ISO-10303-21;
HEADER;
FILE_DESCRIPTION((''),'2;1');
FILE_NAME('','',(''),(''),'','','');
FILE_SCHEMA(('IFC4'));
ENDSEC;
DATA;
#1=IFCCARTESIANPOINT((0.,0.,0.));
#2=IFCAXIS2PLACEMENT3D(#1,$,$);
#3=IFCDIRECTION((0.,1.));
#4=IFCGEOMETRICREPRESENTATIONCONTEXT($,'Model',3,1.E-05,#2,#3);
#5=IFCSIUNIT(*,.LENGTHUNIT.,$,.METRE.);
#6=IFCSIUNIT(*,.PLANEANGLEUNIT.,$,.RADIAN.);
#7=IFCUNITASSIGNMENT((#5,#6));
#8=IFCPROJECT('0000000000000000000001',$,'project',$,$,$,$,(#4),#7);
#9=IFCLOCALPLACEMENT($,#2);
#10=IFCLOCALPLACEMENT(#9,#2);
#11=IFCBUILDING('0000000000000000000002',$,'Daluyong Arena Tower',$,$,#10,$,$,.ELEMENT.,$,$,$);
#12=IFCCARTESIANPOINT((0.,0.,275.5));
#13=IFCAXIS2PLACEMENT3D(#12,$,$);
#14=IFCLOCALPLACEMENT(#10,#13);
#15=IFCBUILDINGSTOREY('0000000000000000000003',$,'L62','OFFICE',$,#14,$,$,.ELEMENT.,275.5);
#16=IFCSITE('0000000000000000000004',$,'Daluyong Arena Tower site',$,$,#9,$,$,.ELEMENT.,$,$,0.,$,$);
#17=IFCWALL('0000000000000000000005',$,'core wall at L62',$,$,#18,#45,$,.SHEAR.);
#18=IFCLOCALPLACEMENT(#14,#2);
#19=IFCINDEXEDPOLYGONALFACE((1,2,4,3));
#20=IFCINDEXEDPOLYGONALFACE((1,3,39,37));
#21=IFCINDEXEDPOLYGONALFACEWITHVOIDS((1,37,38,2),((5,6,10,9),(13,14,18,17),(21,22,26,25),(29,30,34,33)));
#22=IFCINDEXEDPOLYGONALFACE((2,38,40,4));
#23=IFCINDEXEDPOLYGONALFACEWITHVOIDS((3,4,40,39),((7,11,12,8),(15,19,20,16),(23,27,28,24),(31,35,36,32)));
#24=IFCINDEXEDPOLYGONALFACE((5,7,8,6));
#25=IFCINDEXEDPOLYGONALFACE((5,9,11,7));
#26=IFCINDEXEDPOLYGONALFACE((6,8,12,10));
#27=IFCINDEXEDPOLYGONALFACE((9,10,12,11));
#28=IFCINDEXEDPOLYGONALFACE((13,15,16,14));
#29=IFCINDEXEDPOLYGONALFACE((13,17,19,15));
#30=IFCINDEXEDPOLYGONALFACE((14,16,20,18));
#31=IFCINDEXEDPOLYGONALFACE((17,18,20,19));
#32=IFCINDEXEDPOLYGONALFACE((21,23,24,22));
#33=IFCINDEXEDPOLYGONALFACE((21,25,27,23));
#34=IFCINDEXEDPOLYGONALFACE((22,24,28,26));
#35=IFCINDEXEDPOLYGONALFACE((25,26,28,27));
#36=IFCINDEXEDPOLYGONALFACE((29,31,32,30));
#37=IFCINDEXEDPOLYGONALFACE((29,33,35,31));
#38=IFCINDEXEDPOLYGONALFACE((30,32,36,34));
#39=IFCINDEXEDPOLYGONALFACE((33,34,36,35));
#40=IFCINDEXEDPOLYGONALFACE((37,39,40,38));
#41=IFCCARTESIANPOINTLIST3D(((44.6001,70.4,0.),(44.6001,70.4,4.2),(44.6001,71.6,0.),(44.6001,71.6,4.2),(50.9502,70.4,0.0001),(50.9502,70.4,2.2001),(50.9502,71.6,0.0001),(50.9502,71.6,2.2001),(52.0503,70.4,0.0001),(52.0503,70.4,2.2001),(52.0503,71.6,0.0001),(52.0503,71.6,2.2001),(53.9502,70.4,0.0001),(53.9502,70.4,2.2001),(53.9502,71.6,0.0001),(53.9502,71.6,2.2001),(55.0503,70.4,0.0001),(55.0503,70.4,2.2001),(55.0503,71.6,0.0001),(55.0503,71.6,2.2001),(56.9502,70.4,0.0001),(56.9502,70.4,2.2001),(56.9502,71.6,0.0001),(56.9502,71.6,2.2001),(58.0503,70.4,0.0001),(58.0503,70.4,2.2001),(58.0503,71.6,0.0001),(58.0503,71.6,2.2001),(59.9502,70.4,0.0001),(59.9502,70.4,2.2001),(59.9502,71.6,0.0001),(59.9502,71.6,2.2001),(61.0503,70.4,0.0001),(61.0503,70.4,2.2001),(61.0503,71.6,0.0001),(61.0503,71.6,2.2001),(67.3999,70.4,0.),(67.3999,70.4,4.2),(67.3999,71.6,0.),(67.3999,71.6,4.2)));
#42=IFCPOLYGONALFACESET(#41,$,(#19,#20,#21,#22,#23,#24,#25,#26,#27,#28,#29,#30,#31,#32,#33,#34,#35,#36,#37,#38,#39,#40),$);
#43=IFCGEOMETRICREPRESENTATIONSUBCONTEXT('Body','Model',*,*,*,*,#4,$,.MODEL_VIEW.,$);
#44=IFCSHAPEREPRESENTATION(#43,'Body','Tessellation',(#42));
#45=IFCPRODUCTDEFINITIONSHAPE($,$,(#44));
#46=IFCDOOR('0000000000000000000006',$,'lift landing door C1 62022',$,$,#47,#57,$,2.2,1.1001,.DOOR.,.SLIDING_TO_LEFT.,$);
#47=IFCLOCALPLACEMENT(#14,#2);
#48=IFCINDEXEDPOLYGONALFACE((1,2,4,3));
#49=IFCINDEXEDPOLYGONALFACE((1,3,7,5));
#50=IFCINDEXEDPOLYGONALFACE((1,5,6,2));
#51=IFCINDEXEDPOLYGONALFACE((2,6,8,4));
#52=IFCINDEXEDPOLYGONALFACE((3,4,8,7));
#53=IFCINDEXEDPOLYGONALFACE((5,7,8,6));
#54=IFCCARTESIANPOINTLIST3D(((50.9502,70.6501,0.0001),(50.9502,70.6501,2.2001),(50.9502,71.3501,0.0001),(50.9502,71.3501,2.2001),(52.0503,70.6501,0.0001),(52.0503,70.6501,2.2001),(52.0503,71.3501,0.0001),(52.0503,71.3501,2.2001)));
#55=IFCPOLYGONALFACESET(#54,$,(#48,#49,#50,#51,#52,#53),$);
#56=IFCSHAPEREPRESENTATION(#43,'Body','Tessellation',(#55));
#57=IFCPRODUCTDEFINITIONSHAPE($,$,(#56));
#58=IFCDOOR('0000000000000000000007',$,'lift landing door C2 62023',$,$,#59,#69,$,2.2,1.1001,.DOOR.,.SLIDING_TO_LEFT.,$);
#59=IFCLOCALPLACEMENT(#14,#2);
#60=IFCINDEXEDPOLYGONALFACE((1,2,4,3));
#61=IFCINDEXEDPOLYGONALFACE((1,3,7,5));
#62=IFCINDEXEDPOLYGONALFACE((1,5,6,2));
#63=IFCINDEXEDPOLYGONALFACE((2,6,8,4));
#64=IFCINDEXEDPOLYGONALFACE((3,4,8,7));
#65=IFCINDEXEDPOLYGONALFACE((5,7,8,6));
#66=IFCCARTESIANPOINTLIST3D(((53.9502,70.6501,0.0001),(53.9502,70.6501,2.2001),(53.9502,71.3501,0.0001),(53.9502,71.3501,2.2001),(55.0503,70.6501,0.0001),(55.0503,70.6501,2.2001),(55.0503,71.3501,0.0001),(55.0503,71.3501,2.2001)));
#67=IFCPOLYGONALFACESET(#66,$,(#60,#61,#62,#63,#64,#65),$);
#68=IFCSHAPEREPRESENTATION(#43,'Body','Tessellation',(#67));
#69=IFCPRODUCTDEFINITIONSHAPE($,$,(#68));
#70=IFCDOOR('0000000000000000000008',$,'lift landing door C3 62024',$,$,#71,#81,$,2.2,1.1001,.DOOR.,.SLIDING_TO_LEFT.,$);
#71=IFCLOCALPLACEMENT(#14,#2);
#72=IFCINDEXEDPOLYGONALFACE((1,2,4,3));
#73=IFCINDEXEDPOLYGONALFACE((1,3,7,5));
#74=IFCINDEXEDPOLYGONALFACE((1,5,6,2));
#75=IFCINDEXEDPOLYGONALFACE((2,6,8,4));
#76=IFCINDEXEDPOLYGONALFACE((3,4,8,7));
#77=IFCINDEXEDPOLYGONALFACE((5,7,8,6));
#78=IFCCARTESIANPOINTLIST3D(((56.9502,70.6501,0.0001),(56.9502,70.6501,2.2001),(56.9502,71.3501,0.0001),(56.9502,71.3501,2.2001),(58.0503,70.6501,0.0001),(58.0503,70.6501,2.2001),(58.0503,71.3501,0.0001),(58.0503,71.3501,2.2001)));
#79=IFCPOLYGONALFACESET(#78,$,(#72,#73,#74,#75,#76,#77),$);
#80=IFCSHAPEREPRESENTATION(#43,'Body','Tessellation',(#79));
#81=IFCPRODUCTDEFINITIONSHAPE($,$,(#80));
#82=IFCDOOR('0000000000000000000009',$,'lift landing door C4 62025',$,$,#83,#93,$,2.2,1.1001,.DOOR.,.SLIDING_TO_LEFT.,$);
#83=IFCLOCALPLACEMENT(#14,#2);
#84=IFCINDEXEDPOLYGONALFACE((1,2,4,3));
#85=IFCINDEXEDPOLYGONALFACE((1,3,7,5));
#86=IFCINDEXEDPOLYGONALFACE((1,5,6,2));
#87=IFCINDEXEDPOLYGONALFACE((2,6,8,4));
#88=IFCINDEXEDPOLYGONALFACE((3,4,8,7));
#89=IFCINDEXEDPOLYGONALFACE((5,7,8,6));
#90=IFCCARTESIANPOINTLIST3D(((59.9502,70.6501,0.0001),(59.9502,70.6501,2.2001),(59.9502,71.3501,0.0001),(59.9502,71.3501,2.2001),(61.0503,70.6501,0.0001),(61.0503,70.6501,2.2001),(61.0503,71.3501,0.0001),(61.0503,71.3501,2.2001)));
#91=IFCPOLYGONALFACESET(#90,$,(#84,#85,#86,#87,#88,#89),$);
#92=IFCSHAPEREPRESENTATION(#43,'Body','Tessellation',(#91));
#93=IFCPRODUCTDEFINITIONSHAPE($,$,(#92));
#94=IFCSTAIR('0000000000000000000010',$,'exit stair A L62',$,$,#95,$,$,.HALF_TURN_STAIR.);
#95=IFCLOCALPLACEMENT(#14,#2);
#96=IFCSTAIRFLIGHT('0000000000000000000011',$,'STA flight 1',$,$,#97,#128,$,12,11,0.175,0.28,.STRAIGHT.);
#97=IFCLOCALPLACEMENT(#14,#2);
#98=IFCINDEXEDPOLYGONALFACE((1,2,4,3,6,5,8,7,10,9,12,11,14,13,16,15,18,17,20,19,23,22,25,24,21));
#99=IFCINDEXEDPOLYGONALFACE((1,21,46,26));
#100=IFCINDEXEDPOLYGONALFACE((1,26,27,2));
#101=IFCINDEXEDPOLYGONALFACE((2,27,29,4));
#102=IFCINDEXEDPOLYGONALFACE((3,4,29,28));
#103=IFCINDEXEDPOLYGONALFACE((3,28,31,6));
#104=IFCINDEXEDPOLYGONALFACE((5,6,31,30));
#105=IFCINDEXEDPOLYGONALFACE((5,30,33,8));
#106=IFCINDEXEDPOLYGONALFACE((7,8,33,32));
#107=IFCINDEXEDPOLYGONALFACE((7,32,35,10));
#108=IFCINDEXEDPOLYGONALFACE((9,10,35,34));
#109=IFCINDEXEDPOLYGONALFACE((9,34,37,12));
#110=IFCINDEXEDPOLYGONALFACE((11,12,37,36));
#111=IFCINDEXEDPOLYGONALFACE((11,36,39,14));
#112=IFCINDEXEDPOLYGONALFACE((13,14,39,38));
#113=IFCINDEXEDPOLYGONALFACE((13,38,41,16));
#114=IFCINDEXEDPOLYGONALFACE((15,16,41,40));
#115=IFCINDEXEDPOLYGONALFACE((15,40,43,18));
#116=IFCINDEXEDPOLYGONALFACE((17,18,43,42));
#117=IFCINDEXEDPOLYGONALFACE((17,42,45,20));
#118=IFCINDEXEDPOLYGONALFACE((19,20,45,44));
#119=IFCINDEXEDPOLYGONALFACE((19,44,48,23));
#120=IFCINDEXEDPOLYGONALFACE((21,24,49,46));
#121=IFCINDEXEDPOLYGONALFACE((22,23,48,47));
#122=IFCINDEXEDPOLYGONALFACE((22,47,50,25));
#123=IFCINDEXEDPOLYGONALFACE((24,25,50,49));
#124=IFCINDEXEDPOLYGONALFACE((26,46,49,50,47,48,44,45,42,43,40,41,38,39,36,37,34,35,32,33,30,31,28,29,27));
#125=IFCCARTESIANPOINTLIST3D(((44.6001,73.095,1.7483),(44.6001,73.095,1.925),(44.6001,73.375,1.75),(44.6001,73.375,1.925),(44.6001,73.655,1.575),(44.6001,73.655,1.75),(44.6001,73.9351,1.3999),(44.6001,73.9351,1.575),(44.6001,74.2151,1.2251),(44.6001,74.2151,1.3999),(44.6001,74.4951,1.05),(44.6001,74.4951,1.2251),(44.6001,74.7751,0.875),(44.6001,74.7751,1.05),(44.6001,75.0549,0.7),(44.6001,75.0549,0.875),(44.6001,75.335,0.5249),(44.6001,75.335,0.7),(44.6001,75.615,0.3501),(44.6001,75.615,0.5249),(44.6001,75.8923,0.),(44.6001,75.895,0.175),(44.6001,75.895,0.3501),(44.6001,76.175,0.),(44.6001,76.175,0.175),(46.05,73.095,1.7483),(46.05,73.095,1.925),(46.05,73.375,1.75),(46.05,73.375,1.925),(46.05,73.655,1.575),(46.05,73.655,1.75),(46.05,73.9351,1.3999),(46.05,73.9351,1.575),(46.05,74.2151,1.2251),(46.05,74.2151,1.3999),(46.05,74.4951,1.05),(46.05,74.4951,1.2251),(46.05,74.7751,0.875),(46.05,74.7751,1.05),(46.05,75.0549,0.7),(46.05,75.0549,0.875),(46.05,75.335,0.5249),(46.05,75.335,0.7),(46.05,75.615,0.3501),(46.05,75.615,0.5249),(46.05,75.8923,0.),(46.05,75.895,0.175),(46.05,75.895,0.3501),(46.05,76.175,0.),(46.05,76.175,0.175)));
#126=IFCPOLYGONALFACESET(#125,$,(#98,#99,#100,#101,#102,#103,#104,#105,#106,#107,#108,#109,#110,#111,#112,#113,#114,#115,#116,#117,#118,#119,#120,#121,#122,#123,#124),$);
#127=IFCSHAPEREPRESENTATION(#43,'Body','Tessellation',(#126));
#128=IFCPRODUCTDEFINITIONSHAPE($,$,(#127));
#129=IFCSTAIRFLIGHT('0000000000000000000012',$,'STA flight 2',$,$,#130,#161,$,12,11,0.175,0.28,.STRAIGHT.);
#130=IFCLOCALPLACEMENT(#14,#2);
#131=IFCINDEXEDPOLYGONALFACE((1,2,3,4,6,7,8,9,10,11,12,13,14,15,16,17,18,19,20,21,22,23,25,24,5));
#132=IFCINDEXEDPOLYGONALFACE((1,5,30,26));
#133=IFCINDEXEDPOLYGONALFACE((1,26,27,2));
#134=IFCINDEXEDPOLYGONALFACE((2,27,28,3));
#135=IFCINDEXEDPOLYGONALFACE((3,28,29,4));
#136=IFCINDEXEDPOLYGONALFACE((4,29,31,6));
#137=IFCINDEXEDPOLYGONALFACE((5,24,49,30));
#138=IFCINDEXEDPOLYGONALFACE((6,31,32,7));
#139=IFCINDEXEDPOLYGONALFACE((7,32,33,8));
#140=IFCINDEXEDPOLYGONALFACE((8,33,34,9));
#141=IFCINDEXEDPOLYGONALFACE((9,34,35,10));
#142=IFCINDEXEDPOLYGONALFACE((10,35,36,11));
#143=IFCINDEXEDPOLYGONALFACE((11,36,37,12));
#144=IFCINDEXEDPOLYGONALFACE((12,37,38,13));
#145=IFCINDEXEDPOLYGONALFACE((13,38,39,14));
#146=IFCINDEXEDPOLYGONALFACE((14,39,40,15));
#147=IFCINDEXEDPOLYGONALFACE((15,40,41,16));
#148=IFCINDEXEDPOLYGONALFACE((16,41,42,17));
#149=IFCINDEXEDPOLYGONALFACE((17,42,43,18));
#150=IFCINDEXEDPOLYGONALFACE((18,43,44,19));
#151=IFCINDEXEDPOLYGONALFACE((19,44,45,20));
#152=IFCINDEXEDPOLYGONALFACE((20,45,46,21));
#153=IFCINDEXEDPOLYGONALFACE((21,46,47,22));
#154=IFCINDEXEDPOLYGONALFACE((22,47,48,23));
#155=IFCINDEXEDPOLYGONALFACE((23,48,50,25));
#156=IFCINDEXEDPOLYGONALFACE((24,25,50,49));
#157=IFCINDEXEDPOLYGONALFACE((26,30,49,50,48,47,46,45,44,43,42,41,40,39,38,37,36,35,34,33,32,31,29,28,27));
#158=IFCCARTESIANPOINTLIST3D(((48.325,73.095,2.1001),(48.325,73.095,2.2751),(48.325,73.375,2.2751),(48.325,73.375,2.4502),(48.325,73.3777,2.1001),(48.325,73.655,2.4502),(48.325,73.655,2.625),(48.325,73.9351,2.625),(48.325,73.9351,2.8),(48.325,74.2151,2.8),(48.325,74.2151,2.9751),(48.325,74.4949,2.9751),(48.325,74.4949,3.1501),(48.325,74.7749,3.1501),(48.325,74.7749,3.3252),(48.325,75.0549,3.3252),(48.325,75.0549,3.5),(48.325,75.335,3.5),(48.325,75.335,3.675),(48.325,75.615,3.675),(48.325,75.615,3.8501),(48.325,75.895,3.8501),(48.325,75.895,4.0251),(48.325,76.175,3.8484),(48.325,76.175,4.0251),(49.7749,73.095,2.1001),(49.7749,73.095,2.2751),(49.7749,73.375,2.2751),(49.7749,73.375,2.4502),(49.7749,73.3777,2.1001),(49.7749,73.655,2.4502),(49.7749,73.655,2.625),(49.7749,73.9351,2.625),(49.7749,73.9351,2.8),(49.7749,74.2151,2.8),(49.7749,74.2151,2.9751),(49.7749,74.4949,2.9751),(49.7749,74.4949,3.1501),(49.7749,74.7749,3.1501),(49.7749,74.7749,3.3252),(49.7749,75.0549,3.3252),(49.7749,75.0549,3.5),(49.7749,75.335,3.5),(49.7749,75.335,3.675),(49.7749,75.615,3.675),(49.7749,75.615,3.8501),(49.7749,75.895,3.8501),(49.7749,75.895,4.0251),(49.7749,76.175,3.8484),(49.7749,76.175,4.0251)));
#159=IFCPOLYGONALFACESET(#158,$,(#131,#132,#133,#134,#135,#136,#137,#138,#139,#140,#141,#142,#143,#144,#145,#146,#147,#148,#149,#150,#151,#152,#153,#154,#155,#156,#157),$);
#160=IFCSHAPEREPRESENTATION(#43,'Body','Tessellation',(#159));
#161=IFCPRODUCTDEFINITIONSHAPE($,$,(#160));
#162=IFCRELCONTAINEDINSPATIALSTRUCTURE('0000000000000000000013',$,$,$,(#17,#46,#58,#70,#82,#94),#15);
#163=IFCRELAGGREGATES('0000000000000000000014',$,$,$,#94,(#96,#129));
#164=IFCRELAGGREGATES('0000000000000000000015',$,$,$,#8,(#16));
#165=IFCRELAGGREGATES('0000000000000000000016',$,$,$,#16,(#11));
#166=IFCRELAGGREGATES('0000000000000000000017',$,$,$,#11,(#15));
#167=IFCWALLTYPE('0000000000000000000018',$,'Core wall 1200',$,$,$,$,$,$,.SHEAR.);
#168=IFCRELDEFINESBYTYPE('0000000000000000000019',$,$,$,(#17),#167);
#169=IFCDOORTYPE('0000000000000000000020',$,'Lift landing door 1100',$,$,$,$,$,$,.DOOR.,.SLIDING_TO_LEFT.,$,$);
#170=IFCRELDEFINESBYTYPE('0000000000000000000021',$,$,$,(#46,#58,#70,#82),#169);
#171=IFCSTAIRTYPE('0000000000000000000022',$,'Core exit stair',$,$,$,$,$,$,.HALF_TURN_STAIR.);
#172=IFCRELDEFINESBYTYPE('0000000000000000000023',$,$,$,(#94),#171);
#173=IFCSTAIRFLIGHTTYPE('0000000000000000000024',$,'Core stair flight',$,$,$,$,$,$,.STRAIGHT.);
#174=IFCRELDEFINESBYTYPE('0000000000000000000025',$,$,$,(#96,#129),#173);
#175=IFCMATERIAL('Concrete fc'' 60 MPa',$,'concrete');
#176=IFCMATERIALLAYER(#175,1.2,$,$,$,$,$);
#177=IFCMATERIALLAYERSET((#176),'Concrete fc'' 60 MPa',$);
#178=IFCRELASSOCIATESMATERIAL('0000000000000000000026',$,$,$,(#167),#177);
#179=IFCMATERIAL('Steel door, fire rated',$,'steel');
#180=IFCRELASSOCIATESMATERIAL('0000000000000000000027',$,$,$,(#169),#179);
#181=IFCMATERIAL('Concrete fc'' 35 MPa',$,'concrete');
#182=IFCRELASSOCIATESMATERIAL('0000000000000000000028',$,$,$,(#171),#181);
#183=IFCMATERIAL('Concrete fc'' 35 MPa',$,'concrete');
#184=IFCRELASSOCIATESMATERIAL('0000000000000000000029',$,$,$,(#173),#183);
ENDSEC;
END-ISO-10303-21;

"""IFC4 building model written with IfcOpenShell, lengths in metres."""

from ifc_helpers import new_model, si_unit, direction, frame, frame_2d, origin, place, context, subcontext, project, spatial, polyline, rectangle, outline, extrude, material, layer, layer_set, type_object, element, fill, aggregate, save


model = new_model("IFC4")

# Units and contexts
model_context = context("Model", 3, precision=1e-05, world=origin(), true_north=direction((0.0, 1.0)))
body_context = subcontext(model_context, "Body", "Model", "MODEL_VIEW")
ifc_project = project(units=[si_unit("LENGTHUNIT", "METRE"), si_unit("PLANEANGLEUNIT", "RADIAN")], contexts=[model_context])

# Site, building, storey
site_placement = place(None, origin())
site = spatial("IfcSite", under=ifc_project, at=site_placement, Name="Daluyong Arena Tower site", CompositionType="ELEMENT", RefElevation=0.0)
building_placement = place(site_placement, origin())
building = spatial("IfcBuilding", under=site, at=building_placement, Name="Daluyong Arena Tower", CompositionType="ELEMENT")
storey_placement = place(building_placement, frame((0.0, 0.0, 275.5)))
storey = spatial("IfcBuildingStorey", under=building, at=storey_placement, Name="L62", Description="OFFICE", CompositionType="ELEMENT", Elevation=275.5)

# Shared definitions
ifc_material_1 = material(Name="Concrete fc' 60 MPa", Category="concrete")
ifc_layer_1 = layer(ifc_material_1, 1.2)
ifc_layer_set_1 = layer_set([ifc_layer_1], Name="Concrete fc' 60 MPa")
wall_type_1 = type_object("IfcWallType", Name="Core wall 1200", PredefinedType="SHEAR", material=ifc_layer_set_1)

# Wall, openings, doors
wall_1_placement = place(storey_placement, frame((44.6001, 71.0, 0.0), z_axis=(0.0, 0.0, 1.0), x_axis=(1.0, 0.0, 0.0)))
wall_1 = element("IfcWall", 1, at=wall_1_placement, inside=storey, type_object=wall_type_1, Name="core wall at L62", PredefinedType="SHEAR", context=body_context, shape_type="SweptSolid", body=[
    extrude(rectangle(XDim=22.7998, YDim=1.2, at=frame_2d((11.3999, 0.0))), origin(), (0.0, 0.0, 1.0), 4.2),
])
opening_1_placement = place(wall_1_placement, frame((6.3501, 0.0, 0.0)))
opening_1 = element("IfcOpeningElement", 2, at=opening_1_placement, cuts=wall_1, PredefinedType="OPENING", context=body_context, shape_type="SweptSolid", body=[
    extrude(rectangle(XDim=1.1001, YDim=2.2, at=frame_2d((0.55, 1.1001))), frame((0.0, 0.6099, 0.0), z_axis=(0.0, -1.0, 0.0), x_axis=(1.0, 0.0, 0.0)), (0.0, 0.0, 1.0), 1.22),
])
opening_2_placement = place(wall_1_placement, frame((9.3501, 0.0, 0.0)))
opening_2 = element("IfcOpeningElement", 3, at=opening_2_placement, cuts=wall_1, PredefinedType="OPENING", context=body_context, shape_type="SweptSolid", body=[
    extrude(rectangle(XDim=1.1001, YDim=2.2, at=frame_2d((0.55, 1.1001))), frame((0.0, 0.6099, 0.0), z_axis=(0.0, -1.0, 0.0), x_axis=(1.0, 0.0, 0.0)), (0.0, 0.0, 1.0), 1.22),
])
opening_3_placement = place(wall_1_placement, frame((12.3501, 0.0, 0.0)))
opening_3 = element("IfcOpeningElement", 4, at=opening_3_placement, cuts=wall_1, PredefinedType="OPENING", context=body_context, shape_type="SweptSolid", body=[
    extrude(rectangle(XDim=1.1001, YDim=2.2, at=frame_2d((0.55, 1.1001))), frame((0.0, 0.6099, 0.0), z_axis=(0.0, -1.0, 0.0), x_axis=(1.0, 0.0, 0.0)), (0.0, 0.0, 1.0), 1.22),
])
opening_4_placement = place(wall_1_placement, frame((15.3501, 0.0, 0.0)))
opening_4 = element("IfcOpeningElement", 5, at=opening_4_placement, cuts=wall_1, PredefinedType="OPENING", context=body_context, shape_type="SweptSolid", body=[
    extrude(rectangle(XDim=1.1001, YDim=2.2, at=frame_2d((0.55, 1.1001))), frame((0.0, 0.6099, 0.0), z_axis=(0.0, -1.0, 0.0), x_axis=(1.0, 0.0, 0.0)), (0.0, 0.0, 1.0), 1.22),
])
ifc_material_2 = material(Name="Steel door, fire rated", Category="steel")
door_type_1 = type_object("IfcDoorType", Name="Lift landing door 1100", OperationType="SLIDING_TO_LEFT", PredefinedType="DOOR", material=ifc_material_2)
door_1_placement = place(opening_1_placement, origin())
door_1 = element("IfcDoor", 6, at=door_1_placement, inside=storey, type_object=door_type_1, Name="lift landing door C1 62022", OperationType="SLIDING_TO_LEFT", OverallHeight=2.2, OverallWidth=1.1001, PredefinedType="DOOR", context=body_context, shape_type="SweptSolid", body=[
    extrude(rectangle(XDim=1.1001, YDim=2.2, at=frame_2d((0.55, 1.1001))), frame((0.0, 0.3501, 0.0), z_axis=(0.0, -1.0, 0.0), x_axis=(1.0, 0.0, 0.0)), (0.0, 0.0, 1.0), 0.7),
])
fill(opening_1, door_1)
door_2_placement = place(opening_2_placement, origin())
door_2 = element("IfcDoor", 7, at=door_2_placement, inside=storey, type_object=door_type_1, Name="lift landing door C2 62023", OperationType="SLIDING_TO_LEFT", OverallHeight=2.2, OverallWidth=1.1001, PredefinedType="DOOR", context=body_context, shape_type="SweptSolid", body=[
    extrude(rectangle(XDim=1.1001, YDim=2.2, at=frame_2d((0.55, 1.1001))), frame((0.0, 0.3501, 0.0), z_axis=(0.0, -1.0, 0.0), x_axis=(1.0, 0.0, 0.0)), (0.0, 0.0, 1.0), 0.7),
])
fill(opening_2, door_2)
door_3_placement = place(opening_3_placement, origin())
door_3 = element("IfcDoor", 8, at=door_3_placement, inside=storey, type_object=door_type_1, Name="lift landing door C3 62024", OperationType="SLIDING_TO_LEFT", OverallHeight=2.2, OverallWidth=1.1001, PredefinedType="DOOR", context=body_context, shape_type="SweptSolid", body=[
    extrude(rectangle(XDim=1.1001, YDim=2.2, at=frame_2d((0.55, 1.1001))), frame((0.0, 0.3501, 0.0), z_axis=(0.0, -1.0, 0.0), x_axis=(1.0, 0.0, 0.0)), (0.0, 0.0, 1.0), 0.7),
])
fill(opening_3, door_3)
door_4_placement = place(opening_4_placement, origin())
door_4 = element("IfcDoor", 9, at=door_4_placement, inside=storey, type_object=door_type_1, Name="lift landing door C4 62025", OperationType="SLIDING_TO_LEFT", OverallHeight=2.2, OverallWidth=1.1001, PredefinedType="DOOR", context=body_context, shape_type="SweptSolid", body=[
    extrude(rectangle(XDim=1.1001, YDim=2.2, at=frame_2d((0.55, 1.1001))), frame((0.0, 0.3501, 0.0), z_axis=(0.0, -1.0, 0.0), x_axis=(1.0, 0.0, 0.0)), (0.0, 0.0, 1.0), 0.7),
])
fill(opening_4, door_4)

# Stair, stair flights
ifc_material_3 = material(Name="Concrete fc' 35 MPa", Category="concrete")
stair_type = type_object("IfcStairType", Name="Core exit stair", PredefinedType="HALF_TURN_STAIR", material=ifc_material_3)
stair_placement = place(storey_placement, origin())
stair = element("IfcStair", 10, at=stair_placement, inside=storey, type_object=stair_type, Name="exit stair A L62", PredefinedType="HALF_TURN_STAIR")
ifc_material_4 = material(Name="Concrete fc' 35 MPa", Category="concrete")
stair_flight_type = type_object("IfcStairFlightType", Name="Core stair flight", PredefinedType="STRAIGHT", material=ifc_material_4)
stair_flight_1_placement = place(storey_placement, frame((45.325, 76.175, 0.0), z_axis=(0.0, 0.0, 1.0), x_axis=(0.0, -1.0, 0.0)))
stair_flight_1 = element("IfcStairFlight", 11, at=stair_flight_1_placement, type_object=stair_flight_type, Name="STA flight 1", NumberOfRisers=12, NumberOfTreads=11, PredefinedType="STRAIGHT", RiserHeight=0.175, TreadLength=0.28, context=body_context, shape_type="SweptSolid", body=[
    extrude(outline(polyline([(0.0, 0.0), (0.0, 0.175), (0.28, 0.175), (0.28, 0.3501), (0.5601, 0.3501), (0.5601, 0.5249), (0.8401, 0.5249), (0.8401, 0.7), (1.1201, 0.7), (1.1201, 0.875), (1.3999, 0.875), (1.3999, 1.05), (1.6799, 1.05), (1.6799, 1.2251), (1.96, 1.2251), (1.96, 1.3999), (2.24, 1.3999), (2.24, 1.575), (2.52, 1.575), (2.52, 1.75), (2.8, 1.75), (2.8, 1.925), (3.0801, 1.925), (3.0801, 2.1001), (3.0801, 1.7483), (0.2827, 0.0), (0.0, 0.0)])), frame((0.0, 0.7251, 0.0), z_axis=(0.0, -1.0, 0.0), x_axis=(1.0, 0.0, 0.0)), (0.0, 0.0, 1.0), 1.45),
])
stair_flight_2_placement = place(storey_placement, frame((49.05, 73.095, 2.1001), z_axis=(0.0, 0.0, 1.0), x_axis=(0.0, 1.0, 0.0)))
stair_flight_2 = element("IfcStairFlight", 12, at=stair_flight_2_placement, type_object=stair_flight_type, Name="STA flight 2", NumberOfRisers=12, NumberOfTreads=11, PredefinedType="STRAIGHT", RiserHeight=0.175, TreadLength=0.28, context=body_context, shape_type="SweptSolid", body=[
    extrude(outline(polyline([(0.0, 0.0), (0.0, 0.175), (0.28, 0.175), (0.28, 0.3501), (0.5601, 0.3501), (0.5601, 0.5249), (0.8401, 0.5249), (0.8401, 0.7), (1.1201, 0.7), (1.1201, 0.875), (1.3999, 0.875), (1.3999, 1.05), (1.6799, 1.05), (1.6799, 1.2251), (1.96, 1.2251), (1.96, 1.3999), (2.24, 1.3999), (2.24, 1.575), (2.52, 1.575), (2.52, 1.75), (2.8, 1.75), (2.8, 1.925), (3.0801, 1.925), (3.0801, 2.1001), (3.0801, 1.7483), (0.2827, 0.0), (0.0, 0.0)])), frame((0.0, 0.7251, 0.0), z_axis=(0.0, -1.0, 0.0), x_axis=(1.0, 0.0, 0.0)), (0.0, 0.0, 1.0), 1.45),
])
aggregate(stair, [stair_flight_1, stair_flight_2])

save(model, "model.ifc")
